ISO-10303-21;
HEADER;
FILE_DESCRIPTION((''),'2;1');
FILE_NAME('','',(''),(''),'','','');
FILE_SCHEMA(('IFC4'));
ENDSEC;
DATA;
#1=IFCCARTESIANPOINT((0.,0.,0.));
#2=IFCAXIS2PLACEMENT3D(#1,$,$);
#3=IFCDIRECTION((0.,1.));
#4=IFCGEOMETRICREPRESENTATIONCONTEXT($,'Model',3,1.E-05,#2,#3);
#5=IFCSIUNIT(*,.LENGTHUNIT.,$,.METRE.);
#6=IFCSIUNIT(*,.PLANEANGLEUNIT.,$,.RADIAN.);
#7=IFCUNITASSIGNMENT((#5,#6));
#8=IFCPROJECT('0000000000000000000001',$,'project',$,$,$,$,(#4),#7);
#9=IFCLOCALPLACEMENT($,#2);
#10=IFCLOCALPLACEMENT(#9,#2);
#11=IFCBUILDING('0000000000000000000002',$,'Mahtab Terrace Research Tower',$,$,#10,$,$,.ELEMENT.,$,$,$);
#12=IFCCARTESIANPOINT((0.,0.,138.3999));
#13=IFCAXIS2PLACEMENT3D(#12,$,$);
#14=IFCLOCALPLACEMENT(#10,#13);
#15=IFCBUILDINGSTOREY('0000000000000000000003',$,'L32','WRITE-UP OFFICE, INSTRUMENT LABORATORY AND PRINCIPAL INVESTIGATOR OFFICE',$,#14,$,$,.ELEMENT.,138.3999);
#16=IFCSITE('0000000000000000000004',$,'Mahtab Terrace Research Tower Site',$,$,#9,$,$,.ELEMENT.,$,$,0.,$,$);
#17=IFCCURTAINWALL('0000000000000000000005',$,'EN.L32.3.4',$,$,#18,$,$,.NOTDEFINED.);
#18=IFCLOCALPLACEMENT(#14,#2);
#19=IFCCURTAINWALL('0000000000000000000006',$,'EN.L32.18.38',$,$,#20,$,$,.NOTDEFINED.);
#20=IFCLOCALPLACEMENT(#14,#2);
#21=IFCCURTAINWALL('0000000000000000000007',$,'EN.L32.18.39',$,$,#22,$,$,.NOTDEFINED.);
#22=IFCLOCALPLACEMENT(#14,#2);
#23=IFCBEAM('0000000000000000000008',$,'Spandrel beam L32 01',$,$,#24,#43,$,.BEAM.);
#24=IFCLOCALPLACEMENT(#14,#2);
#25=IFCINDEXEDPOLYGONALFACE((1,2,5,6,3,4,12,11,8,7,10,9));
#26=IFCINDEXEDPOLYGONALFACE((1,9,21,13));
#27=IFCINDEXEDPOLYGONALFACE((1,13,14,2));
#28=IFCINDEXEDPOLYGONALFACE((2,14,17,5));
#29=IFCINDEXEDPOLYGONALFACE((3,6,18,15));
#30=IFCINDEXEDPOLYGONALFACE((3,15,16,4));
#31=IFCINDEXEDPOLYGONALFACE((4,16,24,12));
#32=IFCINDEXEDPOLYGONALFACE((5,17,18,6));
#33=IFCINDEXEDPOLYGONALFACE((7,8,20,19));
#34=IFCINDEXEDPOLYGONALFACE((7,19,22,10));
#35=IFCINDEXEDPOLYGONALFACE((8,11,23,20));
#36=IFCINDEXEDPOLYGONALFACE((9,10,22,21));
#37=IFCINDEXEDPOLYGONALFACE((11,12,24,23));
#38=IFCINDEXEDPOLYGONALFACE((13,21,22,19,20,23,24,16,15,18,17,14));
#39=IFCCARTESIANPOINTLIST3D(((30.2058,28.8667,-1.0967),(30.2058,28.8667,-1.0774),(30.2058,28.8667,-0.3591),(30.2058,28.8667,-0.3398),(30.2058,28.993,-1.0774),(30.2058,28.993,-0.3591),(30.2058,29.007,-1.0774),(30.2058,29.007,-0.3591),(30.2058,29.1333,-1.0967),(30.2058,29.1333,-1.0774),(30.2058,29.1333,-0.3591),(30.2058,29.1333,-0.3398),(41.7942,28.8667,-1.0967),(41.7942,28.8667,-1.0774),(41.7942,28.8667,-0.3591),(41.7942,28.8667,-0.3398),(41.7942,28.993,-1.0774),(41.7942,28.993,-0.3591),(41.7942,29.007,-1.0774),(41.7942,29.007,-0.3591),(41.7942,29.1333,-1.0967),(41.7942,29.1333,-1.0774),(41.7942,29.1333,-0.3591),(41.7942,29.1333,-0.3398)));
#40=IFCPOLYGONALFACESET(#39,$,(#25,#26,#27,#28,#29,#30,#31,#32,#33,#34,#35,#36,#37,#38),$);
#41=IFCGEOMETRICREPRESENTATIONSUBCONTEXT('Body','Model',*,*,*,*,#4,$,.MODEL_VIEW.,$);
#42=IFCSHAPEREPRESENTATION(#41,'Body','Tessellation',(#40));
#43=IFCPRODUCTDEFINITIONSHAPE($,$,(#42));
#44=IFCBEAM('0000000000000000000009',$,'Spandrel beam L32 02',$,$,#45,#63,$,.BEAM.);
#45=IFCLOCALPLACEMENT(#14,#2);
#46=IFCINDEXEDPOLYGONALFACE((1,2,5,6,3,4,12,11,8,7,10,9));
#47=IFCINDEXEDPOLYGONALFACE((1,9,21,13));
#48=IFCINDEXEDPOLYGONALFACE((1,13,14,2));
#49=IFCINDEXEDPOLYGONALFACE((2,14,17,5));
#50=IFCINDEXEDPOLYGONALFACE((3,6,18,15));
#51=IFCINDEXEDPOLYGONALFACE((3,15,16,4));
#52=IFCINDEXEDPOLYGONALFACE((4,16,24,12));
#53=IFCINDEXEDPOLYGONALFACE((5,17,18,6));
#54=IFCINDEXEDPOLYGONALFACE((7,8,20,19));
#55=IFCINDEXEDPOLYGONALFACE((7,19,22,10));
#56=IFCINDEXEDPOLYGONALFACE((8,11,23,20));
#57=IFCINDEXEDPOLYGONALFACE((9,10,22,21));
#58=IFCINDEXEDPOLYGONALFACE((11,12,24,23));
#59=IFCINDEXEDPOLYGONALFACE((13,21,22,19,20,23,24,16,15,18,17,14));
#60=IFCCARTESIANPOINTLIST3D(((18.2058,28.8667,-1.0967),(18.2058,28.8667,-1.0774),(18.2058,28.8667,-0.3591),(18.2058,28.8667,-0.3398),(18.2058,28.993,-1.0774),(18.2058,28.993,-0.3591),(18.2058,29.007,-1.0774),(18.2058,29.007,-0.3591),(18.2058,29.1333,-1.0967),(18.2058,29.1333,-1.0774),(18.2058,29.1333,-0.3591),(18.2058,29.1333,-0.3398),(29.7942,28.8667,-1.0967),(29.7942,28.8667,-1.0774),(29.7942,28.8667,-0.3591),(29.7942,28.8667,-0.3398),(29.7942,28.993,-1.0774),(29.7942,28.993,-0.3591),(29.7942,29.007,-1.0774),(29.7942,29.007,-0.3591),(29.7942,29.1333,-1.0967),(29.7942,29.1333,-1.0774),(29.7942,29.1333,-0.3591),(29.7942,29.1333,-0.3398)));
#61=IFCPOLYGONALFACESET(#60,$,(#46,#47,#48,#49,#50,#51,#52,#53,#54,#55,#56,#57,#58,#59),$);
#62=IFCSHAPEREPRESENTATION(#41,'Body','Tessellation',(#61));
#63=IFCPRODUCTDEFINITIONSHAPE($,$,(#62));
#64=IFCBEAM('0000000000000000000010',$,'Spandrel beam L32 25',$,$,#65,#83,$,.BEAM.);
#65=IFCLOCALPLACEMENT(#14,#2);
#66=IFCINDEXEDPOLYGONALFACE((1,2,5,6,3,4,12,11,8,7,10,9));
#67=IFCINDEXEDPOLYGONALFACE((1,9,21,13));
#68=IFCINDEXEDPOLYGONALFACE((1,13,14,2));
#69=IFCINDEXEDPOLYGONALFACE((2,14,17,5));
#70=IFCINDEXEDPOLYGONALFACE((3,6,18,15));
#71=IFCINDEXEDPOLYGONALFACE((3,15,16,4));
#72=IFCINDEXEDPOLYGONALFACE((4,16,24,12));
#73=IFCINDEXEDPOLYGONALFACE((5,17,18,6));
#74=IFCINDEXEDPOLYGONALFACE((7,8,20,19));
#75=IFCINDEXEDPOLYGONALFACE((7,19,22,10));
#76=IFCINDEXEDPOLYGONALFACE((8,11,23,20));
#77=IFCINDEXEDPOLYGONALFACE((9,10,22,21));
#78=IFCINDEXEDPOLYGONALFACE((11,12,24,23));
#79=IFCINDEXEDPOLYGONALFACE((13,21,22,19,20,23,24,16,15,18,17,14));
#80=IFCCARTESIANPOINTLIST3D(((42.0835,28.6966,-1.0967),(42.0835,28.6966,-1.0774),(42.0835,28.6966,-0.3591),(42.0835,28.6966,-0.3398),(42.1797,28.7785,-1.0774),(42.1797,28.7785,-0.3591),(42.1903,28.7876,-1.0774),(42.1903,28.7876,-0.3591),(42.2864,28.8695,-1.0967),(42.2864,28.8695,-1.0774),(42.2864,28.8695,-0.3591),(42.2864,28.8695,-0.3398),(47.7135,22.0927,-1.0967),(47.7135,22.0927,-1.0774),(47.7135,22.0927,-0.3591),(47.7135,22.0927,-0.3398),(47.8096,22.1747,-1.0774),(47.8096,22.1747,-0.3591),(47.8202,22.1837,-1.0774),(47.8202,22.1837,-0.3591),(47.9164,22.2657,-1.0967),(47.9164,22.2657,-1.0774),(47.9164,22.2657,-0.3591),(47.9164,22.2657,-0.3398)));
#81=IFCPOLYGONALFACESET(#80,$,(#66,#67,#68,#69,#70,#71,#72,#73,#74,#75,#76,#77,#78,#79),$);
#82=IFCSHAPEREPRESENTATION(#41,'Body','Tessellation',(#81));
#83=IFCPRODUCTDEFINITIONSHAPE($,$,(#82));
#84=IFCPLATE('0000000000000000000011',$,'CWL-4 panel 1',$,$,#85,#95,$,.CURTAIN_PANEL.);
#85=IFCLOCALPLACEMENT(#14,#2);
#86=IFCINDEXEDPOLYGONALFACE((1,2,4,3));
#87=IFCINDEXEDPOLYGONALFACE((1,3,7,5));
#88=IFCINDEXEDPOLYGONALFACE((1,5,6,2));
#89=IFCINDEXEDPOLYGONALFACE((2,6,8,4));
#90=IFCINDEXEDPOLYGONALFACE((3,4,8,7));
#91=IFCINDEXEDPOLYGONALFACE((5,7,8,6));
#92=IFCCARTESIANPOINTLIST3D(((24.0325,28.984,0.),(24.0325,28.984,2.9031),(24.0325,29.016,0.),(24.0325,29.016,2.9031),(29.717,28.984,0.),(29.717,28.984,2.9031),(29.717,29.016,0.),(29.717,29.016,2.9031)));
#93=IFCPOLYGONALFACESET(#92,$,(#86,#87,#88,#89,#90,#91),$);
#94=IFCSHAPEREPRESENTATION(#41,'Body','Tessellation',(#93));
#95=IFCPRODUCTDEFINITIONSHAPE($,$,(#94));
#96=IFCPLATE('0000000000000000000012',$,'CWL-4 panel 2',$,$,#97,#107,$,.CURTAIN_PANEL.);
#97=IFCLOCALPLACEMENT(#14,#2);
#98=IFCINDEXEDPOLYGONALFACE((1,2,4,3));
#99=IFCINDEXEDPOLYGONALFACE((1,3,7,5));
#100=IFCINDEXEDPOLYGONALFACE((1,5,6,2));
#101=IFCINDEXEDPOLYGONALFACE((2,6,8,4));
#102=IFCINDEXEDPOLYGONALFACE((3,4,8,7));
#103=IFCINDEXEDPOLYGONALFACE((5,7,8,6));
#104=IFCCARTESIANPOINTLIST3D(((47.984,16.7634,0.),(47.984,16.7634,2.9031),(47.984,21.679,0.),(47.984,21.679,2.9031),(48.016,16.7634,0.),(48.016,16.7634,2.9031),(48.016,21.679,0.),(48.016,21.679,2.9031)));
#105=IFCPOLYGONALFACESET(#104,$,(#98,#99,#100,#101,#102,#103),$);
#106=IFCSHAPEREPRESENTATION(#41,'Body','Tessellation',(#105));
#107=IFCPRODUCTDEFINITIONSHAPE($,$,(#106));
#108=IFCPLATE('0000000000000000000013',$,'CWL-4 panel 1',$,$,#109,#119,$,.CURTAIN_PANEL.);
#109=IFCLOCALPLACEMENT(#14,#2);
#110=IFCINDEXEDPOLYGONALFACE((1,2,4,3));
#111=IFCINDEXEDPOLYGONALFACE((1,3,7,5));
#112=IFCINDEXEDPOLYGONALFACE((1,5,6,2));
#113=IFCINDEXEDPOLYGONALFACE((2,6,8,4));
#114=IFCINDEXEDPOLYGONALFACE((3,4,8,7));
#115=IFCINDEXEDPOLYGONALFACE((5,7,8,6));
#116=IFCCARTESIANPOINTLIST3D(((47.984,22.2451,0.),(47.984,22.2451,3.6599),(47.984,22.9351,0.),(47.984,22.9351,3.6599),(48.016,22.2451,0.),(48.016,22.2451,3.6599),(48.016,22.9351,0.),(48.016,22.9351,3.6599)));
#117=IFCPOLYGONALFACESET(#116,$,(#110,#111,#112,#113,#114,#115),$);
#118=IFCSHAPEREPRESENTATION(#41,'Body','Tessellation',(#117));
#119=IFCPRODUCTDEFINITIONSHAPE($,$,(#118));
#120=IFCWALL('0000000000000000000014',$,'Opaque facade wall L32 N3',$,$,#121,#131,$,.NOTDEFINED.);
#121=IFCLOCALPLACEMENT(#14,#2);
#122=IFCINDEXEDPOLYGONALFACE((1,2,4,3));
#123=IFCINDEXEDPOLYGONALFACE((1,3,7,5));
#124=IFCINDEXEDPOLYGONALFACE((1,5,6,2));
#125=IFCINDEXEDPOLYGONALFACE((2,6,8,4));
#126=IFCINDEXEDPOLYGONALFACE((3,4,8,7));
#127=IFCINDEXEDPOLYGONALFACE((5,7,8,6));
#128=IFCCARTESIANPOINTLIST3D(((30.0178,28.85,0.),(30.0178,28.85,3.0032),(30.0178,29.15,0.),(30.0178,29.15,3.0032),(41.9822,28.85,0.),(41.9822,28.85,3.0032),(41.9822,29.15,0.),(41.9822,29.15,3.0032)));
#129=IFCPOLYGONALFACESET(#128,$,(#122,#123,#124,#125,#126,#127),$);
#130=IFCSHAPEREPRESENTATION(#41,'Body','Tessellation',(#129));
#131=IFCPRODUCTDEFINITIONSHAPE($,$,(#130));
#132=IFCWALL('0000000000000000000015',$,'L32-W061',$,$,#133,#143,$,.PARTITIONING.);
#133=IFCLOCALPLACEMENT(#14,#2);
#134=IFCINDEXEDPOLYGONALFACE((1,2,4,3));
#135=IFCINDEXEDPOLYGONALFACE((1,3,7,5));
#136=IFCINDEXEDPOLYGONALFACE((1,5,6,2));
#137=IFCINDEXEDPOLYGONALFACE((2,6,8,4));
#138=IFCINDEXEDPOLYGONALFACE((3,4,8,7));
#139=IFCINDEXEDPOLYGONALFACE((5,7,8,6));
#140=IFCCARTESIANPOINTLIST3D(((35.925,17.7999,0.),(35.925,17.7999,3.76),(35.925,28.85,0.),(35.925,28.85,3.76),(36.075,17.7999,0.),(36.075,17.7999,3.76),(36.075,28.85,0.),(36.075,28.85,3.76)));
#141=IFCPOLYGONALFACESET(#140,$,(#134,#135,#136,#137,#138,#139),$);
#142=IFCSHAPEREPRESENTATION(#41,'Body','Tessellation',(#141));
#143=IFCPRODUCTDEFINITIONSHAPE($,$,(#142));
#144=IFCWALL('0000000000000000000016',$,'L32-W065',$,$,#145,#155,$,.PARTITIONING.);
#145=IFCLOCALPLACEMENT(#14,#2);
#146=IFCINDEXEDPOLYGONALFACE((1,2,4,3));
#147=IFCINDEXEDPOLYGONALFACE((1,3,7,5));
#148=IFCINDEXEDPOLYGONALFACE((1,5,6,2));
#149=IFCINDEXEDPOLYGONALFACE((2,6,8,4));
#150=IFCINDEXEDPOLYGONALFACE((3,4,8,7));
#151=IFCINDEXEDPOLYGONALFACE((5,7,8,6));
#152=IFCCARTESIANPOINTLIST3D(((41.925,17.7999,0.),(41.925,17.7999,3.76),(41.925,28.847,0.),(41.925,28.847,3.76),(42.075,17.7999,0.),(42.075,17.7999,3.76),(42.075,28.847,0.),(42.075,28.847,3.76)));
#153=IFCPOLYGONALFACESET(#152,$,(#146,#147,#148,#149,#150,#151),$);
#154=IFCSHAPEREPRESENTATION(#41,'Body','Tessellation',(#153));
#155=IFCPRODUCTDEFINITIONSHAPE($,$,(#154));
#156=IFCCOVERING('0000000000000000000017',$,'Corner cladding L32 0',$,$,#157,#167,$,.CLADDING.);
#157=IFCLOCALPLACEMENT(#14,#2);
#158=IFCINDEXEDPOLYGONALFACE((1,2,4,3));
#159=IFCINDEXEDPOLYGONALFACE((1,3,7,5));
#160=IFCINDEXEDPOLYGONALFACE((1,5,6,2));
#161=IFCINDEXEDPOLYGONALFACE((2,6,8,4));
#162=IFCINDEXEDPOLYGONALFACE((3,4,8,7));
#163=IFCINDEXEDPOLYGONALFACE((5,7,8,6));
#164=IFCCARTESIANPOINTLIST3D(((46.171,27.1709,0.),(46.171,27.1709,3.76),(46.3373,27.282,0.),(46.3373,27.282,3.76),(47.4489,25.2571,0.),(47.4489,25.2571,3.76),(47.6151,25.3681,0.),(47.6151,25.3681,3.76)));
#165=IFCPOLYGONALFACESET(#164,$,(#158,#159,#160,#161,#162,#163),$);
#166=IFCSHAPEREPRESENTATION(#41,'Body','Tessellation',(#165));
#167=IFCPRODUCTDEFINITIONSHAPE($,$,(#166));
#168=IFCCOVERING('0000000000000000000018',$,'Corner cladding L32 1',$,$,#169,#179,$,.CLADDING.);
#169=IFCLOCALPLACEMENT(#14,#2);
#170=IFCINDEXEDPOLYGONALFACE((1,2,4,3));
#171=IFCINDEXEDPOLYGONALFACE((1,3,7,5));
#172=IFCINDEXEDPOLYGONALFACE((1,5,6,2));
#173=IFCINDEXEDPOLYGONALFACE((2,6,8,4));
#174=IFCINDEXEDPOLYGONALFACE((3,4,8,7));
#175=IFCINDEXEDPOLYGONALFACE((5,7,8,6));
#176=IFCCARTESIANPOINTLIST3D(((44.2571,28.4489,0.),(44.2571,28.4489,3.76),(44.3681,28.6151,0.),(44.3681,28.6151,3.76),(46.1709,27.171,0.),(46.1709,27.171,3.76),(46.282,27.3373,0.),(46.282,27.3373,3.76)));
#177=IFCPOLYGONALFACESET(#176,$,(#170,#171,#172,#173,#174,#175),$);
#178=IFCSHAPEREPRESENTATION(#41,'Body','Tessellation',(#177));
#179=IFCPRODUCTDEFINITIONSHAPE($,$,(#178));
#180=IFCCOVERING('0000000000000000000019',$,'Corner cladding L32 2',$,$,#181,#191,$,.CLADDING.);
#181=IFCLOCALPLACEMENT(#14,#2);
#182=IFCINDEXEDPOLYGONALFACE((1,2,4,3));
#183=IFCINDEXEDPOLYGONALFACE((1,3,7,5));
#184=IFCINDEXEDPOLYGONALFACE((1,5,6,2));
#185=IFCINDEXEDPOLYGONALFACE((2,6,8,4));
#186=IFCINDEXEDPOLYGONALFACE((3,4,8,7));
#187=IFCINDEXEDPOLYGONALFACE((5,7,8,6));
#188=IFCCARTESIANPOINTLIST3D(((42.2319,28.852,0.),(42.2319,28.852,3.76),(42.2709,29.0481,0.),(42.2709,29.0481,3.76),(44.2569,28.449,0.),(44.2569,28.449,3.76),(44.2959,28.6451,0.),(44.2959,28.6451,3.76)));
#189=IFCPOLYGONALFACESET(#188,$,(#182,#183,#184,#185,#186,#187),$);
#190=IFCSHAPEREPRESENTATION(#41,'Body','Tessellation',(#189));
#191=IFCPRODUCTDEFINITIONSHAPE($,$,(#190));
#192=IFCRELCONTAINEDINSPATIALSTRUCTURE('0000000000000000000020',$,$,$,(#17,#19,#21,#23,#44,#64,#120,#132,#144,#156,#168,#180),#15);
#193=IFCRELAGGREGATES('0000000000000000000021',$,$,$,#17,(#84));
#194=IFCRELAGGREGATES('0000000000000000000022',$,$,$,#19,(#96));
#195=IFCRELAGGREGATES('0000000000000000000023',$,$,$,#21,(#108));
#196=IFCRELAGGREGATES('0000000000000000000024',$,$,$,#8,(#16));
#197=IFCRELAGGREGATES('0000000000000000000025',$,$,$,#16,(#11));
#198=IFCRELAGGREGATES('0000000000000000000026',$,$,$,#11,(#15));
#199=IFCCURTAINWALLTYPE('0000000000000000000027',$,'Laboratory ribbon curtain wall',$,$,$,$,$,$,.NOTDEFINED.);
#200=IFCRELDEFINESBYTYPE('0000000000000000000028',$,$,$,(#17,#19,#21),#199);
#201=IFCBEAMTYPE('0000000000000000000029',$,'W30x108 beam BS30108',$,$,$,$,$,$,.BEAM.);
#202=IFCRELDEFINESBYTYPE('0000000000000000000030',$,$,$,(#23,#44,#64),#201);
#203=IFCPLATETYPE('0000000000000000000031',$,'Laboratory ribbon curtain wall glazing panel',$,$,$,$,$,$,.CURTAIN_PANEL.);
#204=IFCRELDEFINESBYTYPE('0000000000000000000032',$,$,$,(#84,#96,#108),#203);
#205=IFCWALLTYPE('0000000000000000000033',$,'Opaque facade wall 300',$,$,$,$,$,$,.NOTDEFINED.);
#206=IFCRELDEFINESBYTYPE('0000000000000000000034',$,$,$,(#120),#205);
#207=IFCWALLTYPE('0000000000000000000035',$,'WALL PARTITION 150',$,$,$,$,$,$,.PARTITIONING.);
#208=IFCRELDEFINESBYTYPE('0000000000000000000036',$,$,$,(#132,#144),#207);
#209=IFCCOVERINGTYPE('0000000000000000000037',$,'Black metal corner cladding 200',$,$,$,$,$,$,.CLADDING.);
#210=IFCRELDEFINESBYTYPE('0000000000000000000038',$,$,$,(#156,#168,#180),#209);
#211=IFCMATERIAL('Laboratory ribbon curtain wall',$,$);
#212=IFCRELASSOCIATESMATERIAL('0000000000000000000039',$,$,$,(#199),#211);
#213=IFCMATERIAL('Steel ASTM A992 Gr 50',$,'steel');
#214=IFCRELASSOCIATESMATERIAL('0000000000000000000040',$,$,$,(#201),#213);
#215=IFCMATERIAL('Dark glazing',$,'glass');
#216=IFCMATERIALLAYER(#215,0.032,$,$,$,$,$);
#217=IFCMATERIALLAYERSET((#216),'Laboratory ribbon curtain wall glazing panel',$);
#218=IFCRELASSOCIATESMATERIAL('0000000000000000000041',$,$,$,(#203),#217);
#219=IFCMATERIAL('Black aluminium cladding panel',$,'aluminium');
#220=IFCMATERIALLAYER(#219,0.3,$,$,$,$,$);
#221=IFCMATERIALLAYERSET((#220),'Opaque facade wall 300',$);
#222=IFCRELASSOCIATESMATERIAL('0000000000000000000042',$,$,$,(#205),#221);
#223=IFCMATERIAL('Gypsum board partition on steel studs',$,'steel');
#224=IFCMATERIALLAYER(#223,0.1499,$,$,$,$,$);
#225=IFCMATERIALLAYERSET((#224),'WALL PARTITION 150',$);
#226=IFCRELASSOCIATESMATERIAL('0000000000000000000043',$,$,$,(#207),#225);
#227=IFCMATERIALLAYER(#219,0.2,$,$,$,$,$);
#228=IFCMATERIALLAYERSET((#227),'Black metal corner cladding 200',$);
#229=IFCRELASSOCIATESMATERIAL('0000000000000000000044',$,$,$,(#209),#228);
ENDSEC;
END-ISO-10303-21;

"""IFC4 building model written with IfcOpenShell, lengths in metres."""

from ifc_helpers import new_model, si_unit, direction, frame, frame_2d, origin, origin_2d, place, context, subcontext, project, spatial, rectangle, i_section, extrude, material, layer, layer_set, material_profile, profile_set, type_object, element, aggregate, save


model = new_model("IFC4")

# Units and contexts
model_context = context("Model", 3, precision=1e-05, world=origin(), true_north=direction((0.0, 1.0)))
body_context = subcontext(model_context, "Body", "Model", "MODEL_VIEW")
ifc_project = project(units=[si_unit("LENGTHUNIT", "METRE"), si_unit("PLANEANGLEUNIT", "RADIAN")], contexts=[model_context])

# Site, building, storey
site_placement = place(None, origin())
site = spatial("IfcSite", under=ifc_project, at=site_placement, Name="Mahtab Terrace Research Tower Site", CompositionType="ELEMENT", RefElevation=0.0)
building_placement = place(site_placement, origin())
building = spatial("IfcBuilding", under=site, at=building_placement, Name="Mahtab Terrace Research Tower", CompositionType="ELEMENT")
storey_placement = place(building_placement, frame((0.0, 0.0, 138.3999)))
storey = spatial("IfcBuildingStorey", under=building, at=storey_placement, Name="L32", Description="WRITE-UP OFFICE, INSTRUMENT LABORATORY AND PRINCIPAL INVESTIGATOR OFFICE", CompositionType="ELEMENT", Elevation=138.3999)

# Shared definitions
ifc_material_1 = material(Name="Steel ASTM A992 Gr 50", Category="steel")

# Curtain walls
ifc_material_2 = material(Name="Laboratory ribbon curtain wall")
curtain_wall_type = type_object("IfcCurtainWallType", Name="Laboratory ribbon curtain wall", PredefinedType="NOTDEFINED", material=ifc_material_2)
curtain_wall_1_placement = place(storey_placement, origin())
curtain_wall_1 = element("IfcCurtainWall", 1, at=curtain_wall_1_placement, inside=storey, type_object=curtain_wall_type, Name="EN.L32.3.4", PredefinedType="NOTDEFINED")
curtain_wall_2_placement = place(storey_placement, origin())
curtain_wall_2 = element("IfcCurtainWall", 2, at=curtain_wall_2_placement, inside=storey, type_object=curtain_wall_type, Name="EN.L32.18.38", PredefinedType="NOTDEFINED")

# Curtain wall
curtain_wall_3_placement = place(storey_placement, origin())
curtain_wall_3 = element("IfcCurtainWall", 3, at=curtain_wall_3_placement, inside=storey, type_object=curtain_wall_type, Name="EN.L32.18.39", PredefinedType="NOTDEFINED")

# Beams
ifc_material_profile_1 = material_profile(ifc_material_1, i_section(OverallWidth=0.2666, OverallDepth=0.7568, WebThickness=0.0139, FlangeThickness=0.0193, at=origin_2d()), Name="W30X108")
ifc_profile_set_1 = profile_set([ifc_material_profile_1], Name="Steel ASTM A992 Gr 50")
beam_type = type_object("IfcBeamType", Name="W30x108 beam BS30108", PredefinedType="BEAM", material=ifc_profile_set_1)
for number, where, z_axis, x_axis, name in (
    (4, (41.7942, 29.0, -0.7183), (-1.0, 0.0, 0.0), (0.0, -1.0, 0.0), "Spandrel beam L32 01"),
    (5, (29.7942, 29.0, -0.7183), (-1.0, 0.0, 0.0), (0.0, -1.0, 0.0), "Spandrel beam L32 02"),
):
    element("IfcBeam", number, at=place(storey_placement, frame(where, z_axis=z_axis, x_axis=x_axis)), inside=storey, type_object=beam_type, Name=name, PredefinedType="BEAM", context=body_context, shape_type="SweptSolid", body=[
        extrude(i_section(OverallWidth=0.2666, OverallDepth=0.7568, WebThickness=0.0139, FlangeThickness=0.0193, at=origin_2d()), origin(), (0.0, 0.0, 1.0), 11.5884),
    ])
beam_placement = place(storey_placement, frame((47.8149, 22.1792, -0.7183), z_axis=(-0.648764, 0.76099, 0.0), x_axis=(-0.76099, -0.648764, 0.0)))
element("IfcBeam", 6, at=beam_placement, inside=storey, type_object=beam_type, Name="Spandrel beam L32 25", PredefinedType="BEAM", context=body_context, shape_type="SweptSolid", body=[
    extrude(i_section(OverallWidth=0.2666, OverallDepth=0.7568, WebThickness=0.0139, FlangeThickness=0.0193, at=origin_2d()), origin(), (0.0, 0.0, 1.0), 8.678),
])

# Plates
ifc_material_3 = material(Name="Dark glazing", Category="glass")
ifc_layer_1 = layer(ifc_material_3, 0.032)
ifc_layer_set_1 = layer_set([ifc_layer_1], Name="Laboratory ribbon curtain wall glazing panel")
plate_type = type_object("IfcPlateType", Name="Laboratory ribbon curtain wall glazing panel", PredefinedType="CURTAIN_PANEL", material=ifc_layer_set_1)
plate_1_placement = place(storey_placement, frame((26.8748, 29.0, 0.0), z_axis=(0.0, 0.0, 1.0), x_axis=(-1.0, 0.0, 0.0)))
plate_1 = element("IfcPlate", 7, at=plate_1_placement, type_object=plate_type, Name="CWL-4 panel 1", PredefinedType="CURTAIN_PANEL", context=body_context, shape_type="SweptSolid", body=[
    extrude(rectangle(XDim=5.6846, YDim=0.032, at=origin_2d()), origin(), (0.0, 0.0, 1.0), 2.9031),
])
aggregate(curtain_wall_1, [plate_1])
plate_2_placement = place(storey_placement, frame((48.0, 19.2212, 0.0), z_axis=(0.0, 0.0, 1.0), x_axis=(0.0, 1.0, 0.0)))
plate_2 = element("IfcPlate", 8, at=plate_2_placement, type_object=plate_type, Name="CWL-4 panel 2", PredefinedType="CURTAIN_PANEL", context=body_context, shape_type="SweptSolid", body=[
    extrude(rectangle(XDim=4.9155, YDim=0.032, at=origin_2d()), origin(), (0.0, 0.0, 1.0), 2.9031),
])
aggregate(curtain_wall_2, [plate_2])
plate_3_placement = place(storey_placement, frame((48.0, 22.5901, 0.0), z_axis=(0.0, 0.0, 1.0), x_axis=(0.0, 1.0, 0.0)))
plate_3 = element("IfcPlate", 9, at=plate_3_placement, type_object=plate_type, Name="CWL-4 panel 1", PredefinedType="CURTAIN_PANEL", context=body_context, shape_type="SweptSolid", body=[
    extrude(rectangle(XDim=0.6899, YDim=0.032, at=origin_2d()), origin(), (0.0, 0.0, 1.0), 3.6599),
])
aggregate(curtain_wall_3, [plate_3])

# Walls
ifc_material_4 = material(Name="Black aluminium cladding panel", Category="aluminium")
ifc_layer_2 = layer(ifc_material_4, 0.3)
ifc_layer_set_2 = layer_set([ifc_layer_2], Name="Opaque facade wall 300")
wall_type_1 = type_object("IfcWallType", Name="Opaque facade wall 300", PredefinedType="NOTDEFINED", material=ifc_layer_set_2)
wall_1_placement = place(storey_placement, frame((41.9822, 29.0, 0.0), z_axis=(0.0, 0.0, 1.0), x_axis=(-1.0, 0.0, 0.0)))
element("IfcWall", 10, at=wall_1_placement, inside=storey, type_object=wall_type_1, Name="Opaque facade wall L32 N3", PredefinedType="NOTDEFINED", context=body_context, shape_type="SweptSolid", body=[
    extrude(rectangle(XDim=11.9644, YDim=0.3, at=frame_2d((5.9822, 0.0))), origin(), (0.0, 0.0, 1.0), 3.0032),
])
ifc_material_5 = material(Name="Gypsum board partition on steel studs", Category="steel")
ifc_layer_3 = layer(ifc_material_5, 0.1499)
ifc_layer_set_3 = layer_set([ifc_layer_3], Name="WALL PARTITION 150")
wall_type_2 = type_object("IfcWallType", Name="WALL PARTITION 150", PredefinedType="PARTITIONING", material=ifc_layer_set_3)
wall_2_placement = place(storey_placement, frame((36.0, 17.8, 0.0), z_axis=(0.0, 0.0, 1.0), x_axis=(0.0, 1.0, 0.0)))
element("IfcWall", 11, at=wall_2_placement, inside=storey, type_object=wall_type_2, Name="L32-W061", PredefinedType="PARTITIONING", context=body_context, shape_type="SweptSolid", body=[
    extrude(rectangle(XDim=11.05, YDim=0.1499, at=frame_2d((5.5249, 0.0))), origin(), (0.0, 0.0, 1.0), 3.76),
])
wall_3_placement = place(storey_placement, frame((42.0, 17.8, 0.0), z_axis=(0.0, 0.0, 1.0), x_axis=(0.0, 1.0, 0.0)))
element("IfcWall", 12, at=wall_3_placement, inside=storey, type_object=wall_type_2, Name="L32-W065", PredefinedType="PARTITIONING", context=body_context, shape_type="SweptSolid", body=[
    extrude(rectangle(XDim=11.0471, YDim=0.1499, at=frame_2d((5.5234, 0.0))), origin(), (0.0, 0.0, 1.0), 3.76),
])

# Coverings
ifc_layer_4 = layer(ifc_material_4, 0.2)
ifc_layer_set_4 = layer_set([ifc_layer_4], Name="Black metal corner cladding 200")
covering_type_1 = type_object("IfcCoveringType", Name="Black metal corner cladding 200", PredefinedType="CLADDING", material=ifc_layer_set_4)
for number, where, z_axis, x_axis, name in (
    (13, (46.8931, 26.2695, 0.0), (0.0, 0.0, 1.0), (-0.555291, 0.831656, 0.0), "Corner cladding L32 0"),
    (14, (45.2695, 27.8931, 0.0), (0.0, 0.0, 1.0), (-0.831656, 0.555291, 0.0), "Corner cladding L32 1"),
):
    element("IfcCovering", number, at=place(storey_placement, frame(where, z_axis=z_axis, x_axis=x_axis)), inside=storey, type_object=covering_type_1, Name=name, PredefinedType="CLADDING", context=body_context, shape_type="SweptSolid", body=[
        extrude(rectangle(XDim=2.3013, YDim=0.2, at=origin_2d()), origin(), (0.0, 0.0, 1.0), 3.76),
    ])
covering_1_placement = place(storey_placement, frame((43.2639, 28.7485, 0.0), z_axis=(0.0, 0.0, 1.0), x_axis=(-0.980761, 0.195212, 0.0)))
element("IfcCovering", 15, at=covering_1_placement, inside=storey, type_object=covering_type_1, Name="Corner cladding L32 2", PredefinedType="CLADDING", context=body_context, shape_type="SweptSolid", body=[
    extrude(rectangle(XDim=2.0647, YDim=0.2, at=origin_2d()), origin(), (0.0, 0.0, 1.0), 3.76),
])

save(model, "model.ifc")
